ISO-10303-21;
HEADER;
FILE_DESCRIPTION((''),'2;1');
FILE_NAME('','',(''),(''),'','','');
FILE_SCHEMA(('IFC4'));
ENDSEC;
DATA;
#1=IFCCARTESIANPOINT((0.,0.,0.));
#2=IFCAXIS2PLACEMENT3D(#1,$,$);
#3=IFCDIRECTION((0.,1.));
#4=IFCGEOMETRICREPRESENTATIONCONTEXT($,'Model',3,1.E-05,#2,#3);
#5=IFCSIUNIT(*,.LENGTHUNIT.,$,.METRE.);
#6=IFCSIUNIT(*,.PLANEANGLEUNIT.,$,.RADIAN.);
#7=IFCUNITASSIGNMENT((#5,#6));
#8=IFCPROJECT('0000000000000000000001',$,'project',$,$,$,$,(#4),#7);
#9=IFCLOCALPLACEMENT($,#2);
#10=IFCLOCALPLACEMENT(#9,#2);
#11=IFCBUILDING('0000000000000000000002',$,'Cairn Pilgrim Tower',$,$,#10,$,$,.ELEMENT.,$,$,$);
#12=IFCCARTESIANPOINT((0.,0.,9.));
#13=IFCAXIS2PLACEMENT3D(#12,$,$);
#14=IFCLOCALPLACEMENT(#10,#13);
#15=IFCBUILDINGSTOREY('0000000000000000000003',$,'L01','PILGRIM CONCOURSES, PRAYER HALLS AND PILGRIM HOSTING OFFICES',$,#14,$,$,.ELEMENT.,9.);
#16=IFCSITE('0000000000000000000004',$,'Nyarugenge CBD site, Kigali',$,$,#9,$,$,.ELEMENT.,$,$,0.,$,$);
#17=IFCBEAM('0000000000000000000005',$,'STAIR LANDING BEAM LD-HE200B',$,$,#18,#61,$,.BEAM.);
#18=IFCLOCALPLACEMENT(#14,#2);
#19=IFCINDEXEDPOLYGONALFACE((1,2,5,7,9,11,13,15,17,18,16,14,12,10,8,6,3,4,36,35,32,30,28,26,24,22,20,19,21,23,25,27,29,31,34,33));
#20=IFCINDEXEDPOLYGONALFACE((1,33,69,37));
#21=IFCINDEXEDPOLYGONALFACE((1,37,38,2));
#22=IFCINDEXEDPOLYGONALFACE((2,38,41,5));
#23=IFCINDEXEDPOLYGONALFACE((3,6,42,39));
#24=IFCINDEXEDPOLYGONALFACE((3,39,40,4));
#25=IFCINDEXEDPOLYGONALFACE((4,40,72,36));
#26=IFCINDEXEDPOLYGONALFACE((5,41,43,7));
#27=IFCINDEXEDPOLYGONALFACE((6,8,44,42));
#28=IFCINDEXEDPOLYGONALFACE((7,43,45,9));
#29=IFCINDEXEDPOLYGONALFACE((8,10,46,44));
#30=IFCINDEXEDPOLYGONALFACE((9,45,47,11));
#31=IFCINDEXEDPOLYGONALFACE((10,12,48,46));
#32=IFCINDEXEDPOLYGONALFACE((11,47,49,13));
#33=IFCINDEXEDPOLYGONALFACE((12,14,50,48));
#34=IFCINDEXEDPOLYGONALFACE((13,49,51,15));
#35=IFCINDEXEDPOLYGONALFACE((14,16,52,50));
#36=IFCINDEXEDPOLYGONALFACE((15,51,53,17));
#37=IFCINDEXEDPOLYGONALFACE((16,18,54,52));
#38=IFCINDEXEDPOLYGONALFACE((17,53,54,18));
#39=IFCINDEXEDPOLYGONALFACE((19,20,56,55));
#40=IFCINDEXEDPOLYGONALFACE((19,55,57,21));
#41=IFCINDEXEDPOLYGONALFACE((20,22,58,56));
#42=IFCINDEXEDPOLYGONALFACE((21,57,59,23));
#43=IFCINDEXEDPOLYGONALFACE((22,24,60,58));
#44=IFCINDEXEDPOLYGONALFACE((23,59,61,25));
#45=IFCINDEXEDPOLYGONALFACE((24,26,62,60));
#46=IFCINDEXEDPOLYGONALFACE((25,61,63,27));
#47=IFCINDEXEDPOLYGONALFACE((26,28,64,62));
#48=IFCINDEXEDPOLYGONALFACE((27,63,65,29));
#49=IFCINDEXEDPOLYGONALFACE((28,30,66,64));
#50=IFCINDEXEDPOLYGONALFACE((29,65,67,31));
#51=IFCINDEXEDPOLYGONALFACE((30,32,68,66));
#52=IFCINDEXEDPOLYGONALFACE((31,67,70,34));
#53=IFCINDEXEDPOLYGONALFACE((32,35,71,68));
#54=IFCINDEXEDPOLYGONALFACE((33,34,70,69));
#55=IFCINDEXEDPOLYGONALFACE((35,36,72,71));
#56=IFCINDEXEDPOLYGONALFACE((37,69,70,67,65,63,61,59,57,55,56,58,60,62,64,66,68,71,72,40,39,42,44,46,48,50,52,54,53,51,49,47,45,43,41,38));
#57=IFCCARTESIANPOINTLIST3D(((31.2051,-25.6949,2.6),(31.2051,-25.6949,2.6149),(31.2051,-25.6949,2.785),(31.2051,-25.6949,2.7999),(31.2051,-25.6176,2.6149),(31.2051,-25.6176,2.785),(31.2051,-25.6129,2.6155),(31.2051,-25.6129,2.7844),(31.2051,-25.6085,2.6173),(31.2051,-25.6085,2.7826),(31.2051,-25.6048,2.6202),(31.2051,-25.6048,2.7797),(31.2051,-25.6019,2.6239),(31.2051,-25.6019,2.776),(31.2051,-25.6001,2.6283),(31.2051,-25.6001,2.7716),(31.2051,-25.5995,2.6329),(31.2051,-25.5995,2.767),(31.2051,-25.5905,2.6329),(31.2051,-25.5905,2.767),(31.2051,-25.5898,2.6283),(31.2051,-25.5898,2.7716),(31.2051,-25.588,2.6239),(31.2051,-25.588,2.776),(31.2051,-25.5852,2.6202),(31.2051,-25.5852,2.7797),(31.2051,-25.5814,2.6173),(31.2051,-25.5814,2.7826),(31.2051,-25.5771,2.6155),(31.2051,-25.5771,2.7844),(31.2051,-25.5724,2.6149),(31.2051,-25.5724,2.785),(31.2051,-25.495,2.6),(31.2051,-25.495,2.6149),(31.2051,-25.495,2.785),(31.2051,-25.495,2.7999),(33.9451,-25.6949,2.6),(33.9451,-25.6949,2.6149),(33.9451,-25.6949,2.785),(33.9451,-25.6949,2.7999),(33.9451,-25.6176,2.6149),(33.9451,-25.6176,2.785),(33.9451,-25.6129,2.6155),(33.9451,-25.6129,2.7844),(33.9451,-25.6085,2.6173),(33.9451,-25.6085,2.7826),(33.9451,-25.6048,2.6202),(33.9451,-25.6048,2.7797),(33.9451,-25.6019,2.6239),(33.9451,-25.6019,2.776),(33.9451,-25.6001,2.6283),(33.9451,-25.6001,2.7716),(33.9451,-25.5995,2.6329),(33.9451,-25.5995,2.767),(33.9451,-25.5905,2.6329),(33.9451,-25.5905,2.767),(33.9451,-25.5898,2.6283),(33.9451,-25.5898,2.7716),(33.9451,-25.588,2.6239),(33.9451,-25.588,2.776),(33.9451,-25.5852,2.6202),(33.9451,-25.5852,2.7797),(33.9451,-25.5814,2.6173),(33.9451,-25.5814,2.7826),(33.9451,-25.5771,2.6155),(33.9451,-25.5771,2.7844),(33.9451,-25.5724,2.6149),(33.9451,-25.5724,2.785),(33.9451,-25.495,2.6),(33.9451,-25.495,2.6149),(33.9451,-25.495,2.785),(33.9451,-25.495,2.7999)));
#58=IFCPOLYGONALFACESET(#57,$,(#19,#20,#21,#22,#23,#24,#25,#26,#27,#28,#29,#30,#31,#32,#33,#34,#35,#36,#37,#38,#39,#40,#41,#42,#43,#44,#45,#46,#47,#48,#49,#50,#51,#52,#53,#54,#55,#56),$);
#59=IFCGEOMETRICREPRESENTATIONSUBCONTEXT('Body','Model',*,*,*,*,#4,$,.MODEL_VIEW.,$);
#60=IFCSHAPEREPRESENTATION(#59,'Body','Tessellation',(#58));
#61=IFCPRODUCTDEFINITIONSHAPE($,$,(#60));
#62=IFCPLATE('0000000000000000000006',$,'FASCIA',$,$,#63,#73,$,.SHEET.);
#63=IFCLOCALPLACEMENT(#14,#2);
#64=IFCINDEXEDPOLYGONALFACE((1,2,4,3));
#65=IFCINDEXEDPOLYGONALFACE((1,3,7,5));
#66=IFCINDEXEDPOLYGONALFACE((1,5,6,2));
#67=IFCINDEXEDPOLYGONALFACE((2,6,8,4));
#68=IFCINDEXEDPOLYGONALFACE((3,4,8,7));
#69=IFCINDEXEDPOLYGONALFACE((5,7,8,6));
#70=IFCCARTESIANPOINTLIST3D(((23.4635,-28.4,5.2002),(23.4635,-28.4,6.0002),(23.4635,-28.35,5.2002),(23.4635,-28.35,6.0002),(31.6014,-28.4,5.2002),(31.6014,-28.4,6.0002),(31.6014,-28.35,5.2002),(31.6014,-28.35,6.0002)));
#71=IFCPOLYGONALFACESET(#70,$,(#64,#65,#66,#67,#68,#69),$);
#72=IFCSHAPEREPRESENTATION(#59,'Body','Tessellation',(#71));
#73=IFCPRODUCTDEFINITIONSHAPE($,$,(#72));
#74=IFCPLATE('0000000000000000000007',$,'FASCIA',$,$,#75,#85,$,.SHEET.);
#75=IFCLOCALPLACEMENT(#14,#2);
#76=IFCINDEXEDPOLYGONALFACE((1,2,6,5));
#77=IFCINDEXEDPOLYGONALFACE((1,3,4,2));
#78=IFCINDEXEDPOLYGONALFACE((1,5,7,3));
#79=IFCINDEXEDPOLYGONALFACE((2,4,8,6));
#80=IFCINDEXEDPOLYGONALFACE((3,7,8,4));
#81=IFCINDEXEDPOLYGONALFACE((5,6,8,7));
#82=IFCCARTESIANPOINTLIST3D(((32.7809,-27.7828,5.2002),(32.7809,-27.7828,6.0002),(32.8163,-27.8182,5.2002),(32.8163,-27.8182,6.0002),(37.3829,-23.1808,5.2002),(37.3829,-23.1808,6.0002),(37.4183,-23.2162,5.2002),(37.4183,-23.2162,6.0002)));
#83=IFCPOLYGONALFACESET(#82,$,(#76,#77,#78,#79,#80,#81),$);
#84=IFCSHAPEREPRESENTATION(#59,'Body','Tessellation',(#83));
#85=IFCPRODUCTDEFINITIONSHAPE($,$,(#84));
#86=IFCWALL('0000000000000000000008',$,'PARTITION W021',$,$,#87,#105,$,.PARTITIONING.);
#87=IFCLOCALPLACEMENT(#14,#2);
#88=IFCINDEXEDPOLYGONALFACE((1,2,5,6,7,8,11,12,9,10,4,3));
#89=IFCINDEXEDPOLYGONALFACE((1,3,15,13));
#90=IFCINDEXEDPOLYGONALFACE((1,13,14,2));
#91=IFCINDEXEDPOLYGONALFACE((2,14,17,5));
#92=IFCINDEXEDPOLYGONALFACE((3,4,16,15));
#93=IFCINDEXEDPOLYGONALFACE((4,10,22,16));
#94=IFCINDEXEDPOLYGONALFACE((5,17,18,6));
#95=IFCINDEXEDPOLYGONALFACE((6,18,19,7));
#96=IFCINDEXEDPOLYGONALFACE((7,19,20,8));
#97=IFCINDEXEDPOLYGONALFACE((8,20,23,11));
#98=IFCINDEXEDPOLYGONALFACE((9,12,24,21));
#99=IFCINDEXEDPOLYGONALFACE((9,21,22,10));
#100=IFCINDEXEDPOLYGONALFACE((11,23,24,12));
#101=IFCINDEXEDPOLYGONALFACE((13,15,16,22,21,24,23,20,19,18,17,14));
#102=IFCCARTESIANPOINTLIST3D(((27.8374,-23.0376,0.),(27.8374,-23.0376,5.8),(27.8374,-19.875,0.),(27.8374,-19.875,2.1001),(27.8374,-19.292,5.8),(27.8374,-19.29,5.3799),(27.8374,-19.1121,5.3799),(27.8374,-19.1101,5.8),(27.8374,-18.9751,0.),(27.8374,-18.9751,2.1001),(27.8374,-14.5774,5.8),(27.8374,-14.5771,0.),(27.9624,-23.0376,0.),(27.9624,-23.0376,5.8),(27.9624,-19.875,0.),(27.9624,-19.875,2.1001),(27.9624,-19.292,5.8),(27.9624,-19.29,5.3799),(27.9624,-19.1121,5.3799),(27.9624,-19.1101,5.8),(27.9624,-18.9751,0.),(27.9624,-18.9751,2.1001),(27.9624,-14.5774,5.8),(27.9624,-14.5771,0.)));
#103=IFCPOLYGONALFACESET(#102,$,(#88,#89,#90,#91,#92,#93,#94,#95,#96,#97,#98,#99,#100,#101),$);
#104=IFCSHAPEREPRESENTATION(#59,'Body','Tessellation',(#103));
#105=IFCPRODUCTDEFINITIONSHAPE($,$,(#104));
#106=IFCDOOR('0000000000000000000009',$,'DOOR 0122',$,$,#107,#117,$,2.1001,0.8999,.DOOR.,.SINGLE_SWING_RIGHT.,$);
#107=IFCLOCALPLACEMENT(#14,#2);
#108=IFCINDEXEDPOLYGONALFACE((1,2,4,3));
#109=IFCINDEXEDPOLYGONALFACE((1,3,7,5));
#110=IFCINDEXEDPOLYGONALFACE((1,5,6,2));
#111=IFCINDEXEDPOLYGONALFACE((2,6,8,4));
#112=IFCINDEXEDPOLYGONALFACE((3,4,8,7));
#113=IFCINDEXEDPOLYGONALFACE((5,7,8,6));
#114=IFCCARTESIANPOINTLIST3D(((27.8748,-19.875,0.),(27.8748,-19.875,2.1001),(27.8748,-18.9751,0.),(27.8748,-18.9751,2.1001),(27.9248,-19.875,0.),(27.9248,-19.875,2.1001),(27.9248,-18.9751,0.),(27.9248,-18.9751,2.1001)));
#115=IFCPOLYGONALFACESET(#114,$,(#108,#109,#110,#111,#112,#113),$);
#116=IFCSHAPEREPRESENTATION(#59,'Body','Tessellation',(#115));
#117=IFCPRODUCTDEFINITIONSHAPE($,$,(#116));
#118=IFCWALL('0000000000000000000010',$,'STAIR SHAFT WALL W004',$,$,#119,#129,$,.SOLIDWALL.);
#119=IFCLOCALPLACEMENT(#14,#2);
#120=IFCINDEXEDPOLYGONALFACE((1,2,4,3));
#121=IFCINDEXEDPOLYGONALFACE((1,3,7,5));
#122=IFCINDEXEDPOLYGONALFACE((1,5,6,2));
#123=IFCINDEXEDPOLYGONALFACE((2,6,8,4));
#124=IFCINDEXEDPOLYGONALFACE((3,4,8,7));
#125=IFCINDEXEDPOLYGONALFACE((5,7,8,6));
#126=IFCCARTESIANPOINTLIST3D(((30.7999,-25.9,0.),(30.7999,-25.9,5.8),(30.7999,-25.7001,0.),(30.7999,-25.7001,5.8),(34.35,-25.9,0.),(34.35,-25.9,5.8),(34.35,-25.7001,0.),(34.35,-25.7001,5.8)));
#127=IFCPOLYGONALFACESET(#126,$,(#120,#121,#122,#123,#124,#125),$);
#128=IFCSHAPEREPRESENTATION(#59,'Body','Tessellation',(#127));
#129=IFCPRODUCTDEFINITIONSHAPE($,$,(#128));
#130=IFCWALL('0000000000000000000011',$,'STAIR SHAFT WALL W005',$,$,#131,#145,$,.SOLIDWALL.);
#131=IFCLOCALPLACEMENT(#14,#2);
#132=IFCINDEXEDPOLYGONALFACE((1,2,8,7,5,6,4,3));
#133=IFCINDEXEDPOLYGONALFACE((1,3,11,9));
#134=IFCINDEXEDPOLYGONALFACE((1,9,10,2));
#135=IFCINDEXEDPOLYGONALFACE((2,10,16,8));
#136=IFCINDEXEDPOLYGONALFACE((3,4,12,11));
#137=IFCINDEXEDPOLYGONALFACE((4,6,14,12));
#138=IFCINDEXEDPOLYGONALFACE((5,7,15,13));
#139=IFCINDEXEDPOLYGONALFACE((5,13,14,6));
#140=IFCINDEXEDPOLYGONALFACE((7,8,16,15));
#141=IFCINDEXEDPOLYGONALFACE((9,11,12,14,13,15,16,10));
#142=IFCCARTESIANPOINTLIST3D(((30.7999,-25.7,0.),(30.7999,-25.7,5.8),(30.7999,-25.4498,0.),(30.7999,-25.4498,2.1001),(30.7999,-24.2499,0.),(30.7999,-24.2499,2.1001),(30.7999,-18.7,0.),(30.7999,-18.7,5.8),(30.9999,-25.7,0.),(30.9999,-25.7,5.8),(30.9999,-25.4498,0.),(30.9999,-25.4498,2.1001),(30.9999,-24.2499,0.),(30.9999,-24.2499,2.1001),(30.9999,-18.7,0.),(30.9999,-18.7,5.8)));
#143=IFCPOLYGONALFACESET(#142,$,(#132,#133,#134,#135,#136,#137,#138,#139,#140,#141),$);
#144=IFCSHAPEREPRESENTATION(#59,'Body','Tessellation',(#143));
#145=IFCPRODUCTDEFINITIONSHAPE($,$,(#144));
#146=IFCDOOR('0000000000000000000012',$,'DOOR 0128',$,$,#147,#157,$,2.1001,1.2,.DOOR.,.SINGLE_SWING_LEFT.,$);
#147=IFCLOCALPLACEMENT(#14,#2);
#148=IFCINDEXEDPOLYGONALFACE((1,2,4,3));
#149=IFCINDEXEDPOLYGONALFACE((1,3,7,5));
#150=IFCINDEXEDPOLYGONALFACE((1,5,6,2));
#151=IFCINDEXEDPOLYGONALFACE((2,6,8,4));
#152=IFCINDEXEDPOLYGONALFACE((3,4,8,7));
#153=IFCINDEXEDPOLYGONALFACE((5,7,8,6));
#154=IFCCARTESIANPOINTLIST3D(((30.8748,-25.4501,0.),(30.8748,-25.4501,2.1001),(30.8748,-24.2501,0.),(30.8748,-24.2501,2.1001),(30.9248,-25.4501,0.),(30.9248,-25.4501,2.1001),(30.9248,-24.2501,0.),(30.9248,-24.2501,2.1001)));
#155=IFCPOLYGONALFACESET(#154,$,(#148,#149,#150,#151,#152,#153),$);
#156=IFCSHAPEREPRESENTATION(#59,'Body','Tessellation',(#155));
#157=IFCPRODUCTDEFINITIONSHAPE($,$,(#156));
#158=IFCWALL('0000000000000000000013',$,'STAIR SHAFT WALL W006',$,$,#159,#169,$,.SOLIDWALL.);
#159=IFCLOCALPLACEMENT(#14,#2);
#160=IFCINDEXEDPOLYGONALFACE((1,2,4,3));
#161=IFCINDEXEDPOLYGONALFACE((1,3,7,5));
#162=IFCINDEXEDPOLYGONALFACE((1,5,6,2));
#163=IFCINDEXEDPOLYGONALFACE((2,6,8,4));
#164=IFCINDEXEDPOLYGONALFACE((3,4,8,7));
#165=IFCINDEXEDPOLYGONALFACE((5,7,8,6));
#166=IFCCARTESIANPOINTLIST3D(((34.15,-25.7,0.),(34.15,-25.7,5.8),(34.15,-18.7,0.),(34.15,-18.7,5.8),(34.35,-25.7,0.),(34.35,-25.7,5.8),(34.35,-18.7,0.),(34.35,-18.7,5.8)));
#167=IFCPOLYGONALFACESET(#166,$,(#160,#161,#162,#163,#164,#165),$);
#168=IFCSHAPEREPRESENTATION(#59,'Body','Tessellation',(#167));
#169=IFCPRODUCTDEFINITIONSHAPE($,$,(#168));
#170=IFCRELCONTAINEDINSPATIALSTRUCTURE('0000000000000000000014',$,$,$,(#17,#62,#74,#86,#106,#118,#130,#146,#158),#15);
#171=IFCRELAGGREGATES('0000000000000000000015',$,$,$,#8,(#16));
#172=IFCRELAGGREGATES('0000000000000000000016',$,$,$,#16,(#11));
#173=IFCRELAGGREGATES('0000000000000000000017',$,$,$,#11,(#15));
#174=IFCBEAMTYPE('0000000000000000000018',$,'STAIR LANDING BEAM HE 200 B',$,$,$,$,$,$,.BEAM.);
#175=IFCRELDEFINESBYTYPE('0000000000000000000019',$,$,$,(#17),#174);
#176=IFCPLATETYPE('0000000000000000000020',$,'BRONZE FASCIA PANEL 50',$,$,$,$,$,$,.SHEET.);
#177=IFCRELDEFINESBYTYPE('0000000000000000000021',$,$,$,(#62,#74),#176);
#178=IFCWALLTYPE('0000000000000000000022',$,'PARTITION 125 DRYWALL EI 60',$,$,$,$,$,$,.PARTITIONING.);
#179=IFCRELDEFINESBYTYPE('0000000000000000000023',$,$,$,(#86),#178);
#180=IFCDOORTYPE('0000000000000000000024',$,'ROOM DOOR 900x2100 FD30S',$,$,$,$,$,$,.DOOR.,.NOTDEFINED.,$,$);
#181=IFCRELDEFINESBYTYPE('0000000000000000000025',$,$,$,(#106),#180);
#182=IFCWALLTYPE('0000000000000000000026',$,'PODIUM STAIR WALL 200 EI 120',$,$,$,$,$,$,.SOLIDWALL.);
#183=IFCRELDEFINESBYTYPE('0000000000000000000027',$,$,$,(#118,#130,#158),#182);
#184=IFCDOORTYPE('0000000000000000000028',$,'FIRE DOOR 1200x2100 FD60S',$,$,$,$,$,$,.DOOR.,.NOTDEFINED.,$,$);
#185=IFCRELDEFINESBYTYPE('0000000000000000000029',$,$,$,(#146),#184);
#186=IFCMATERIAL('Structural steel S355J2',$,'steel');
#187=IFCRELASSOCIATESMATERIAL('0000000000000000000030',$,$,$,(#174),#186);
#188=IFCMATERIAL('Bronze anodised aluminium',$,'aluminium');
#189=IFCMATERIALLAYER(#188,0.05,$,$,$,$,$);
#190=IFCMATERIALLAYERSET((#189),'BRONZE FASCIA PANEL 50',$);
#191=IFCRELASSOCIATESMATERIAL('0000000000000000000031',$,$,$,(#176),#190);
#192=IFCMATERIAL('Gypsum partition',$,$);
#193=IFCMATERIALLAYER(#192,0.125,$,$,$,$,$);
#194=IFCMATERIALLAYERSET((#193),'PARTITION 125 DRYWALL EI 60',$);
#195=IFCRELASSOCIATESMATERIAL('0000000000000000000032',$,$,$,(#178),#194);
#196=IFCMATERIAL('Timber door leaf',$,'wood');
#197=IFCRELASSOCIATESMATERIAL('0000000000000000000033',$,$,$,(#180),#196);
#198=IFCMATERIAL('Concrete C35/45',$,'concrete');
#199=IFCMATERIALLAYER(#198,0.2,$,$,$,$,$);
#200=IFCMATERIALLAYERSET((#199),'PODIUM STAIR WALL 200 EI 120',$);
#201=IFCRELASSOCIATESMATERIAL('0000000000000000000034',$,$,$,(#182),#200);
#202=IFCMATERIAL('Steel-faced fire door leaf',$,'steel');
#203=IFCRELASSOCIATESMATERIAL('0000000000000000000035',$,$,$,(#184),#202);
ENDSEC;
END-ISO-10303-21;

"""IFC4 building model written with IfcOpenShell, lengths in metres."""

from ifc_helpers import new_model, si_unit, direction, frame, frame_2d, origin, origin_2d, place, context, subcontext, project, spatial, polyline, rectangle, i_section, outline, extrude, material, layer, layer_set, material_profile, profile_set, type_object, element, fill, save


model = new_model("IFC4")

# Units and contexts
model_context = context("Model", 3, precision=1e-05, world=origin(), true_north=direction((0.0, 1.0)))
body_context = subcontext(model_context, "Body", "Model", "MODEL_VIEW")
ifc_project = project(units=[si_unit("LENGTHUNIT", "METRE"), si_unit("PLANEANGLEUNIT", "RADIAN")], contexts=[model_context])

# Site, building, storey
site_placement = place(None, origin())
site = spatial("IfcSite", under=ifc_project, at=site_placement, Name="Nyarugenge CBD site, Kigali", CompositionType="ELEMENT", RefElevation=0.0)
building_placement = place(site_placement, origin())
building = spatial("IfcBuilding", under=site, at=building_placement, Name="Cairn Pilgrim Tower", CompositionType="ELEMENT")
storey_placement = place(building_placement, frame((0.0, 0.0, 9.0)))
storey = spatial("IfcBuildingStorey", under=building, at=storey_placement, Name="L01", Description="PILGRIM CONCOURSES, PRAYER HALLS AND PILGRIM HOSTING OFFICES", CompositionType="ELEMENT", Elevation=9.0)

# Shared definitions
ifc_material_1 = material(Name="Structural steel S355J2", Category="steel")

# Beam
ifc_material_profile_1 = material_profile(ifc_material_1, i_section(OverallWidth=0.2, OverallDepth=0.2, WebThickness=0.009, FlangeThickness=0.0149, FilletRadius=0.0181, at=origin_2d()), Name="HE 200 B")
ifc_profile_set_1 = profile_set([ifc_material_profile_1], Name="Structural steel S355J2")
beam_type_1 = type_object("IfcBeamType", Name="STAIR LANDING BEAM HE 200 B", PredefinedType="BEAM", material=ifc_profile_set_1)
beam_1_placement = place(storey_placement, frame((31.2051, -25.595, 2.7), z_axis=(1.0, 0.0, 0.0), x_axis=(0.0, 1.0, 0.0)))
element("IfcBeam", 1, at=beam_1_placement, inside=storey, type_object=beam_type_1, Name="STAIR LANDING BEAM LD-HE200B", PredefinedType="BEAM", context=body_context, shape_type="SweptSolid", body=[
    extrude(i_section(OverallWidth=0.2, OverallDepth=0.2, WebThickness=0.009, FlangeThickness=0.0149, FilletRadius=0.0181, at=origin_2d()), origin(), (0.0, 0.0, 1.0), 2.74),
])

# Plates
ifc_material_2 = material(Name="Bronze anodised aluminium", Category="aluminium")
ifc_layer_1 = layer(ifc_material_2, 0.05)
ifc_layer_set_1 = layer_set([ifc_layer_1], Name="BRONZE FASCIA PANEL 50")
plate_type = type_object("IfcPlateType", Name="BRONZE FASCIA PANEL 50", PredefinedType="SHEET", material=ifc_layer_set_1)
plate_1_placement = place(storey_placement, frame((27.5325, -28.375, 5.2002), z_axis=(0.0, 0.0, 1.0), x_axis=(1.0, 0.0, 0.0)))
element("IfcPlate", 2, at=plate_1_placement, inside=storey, type_object=plate_type, Name="FASCIA", PredefinedType="SHEET", context=body_context, shape_type="SweptSolid", body=[
    extrude(rectangle(XDim=8.1379, YDim=0.05, at=origin_2d()), origin(), (0.0, 0.0, 1.0), 0.8),
])
plate_2_placement = place(storey_placement, frame((35.0996, -25.4995, 5.2002), z_axis=(0.0, 0.0, 1.0), x_axis=(0.707107, 0.707107, 0.0)))
element("IfcPlate", 3, at=plate_2_placement, inside=storey, type_object=plate_type, Name="FASCIA", PredefinedType="SHEET", context=body_context, shape_type="SweptSolid", body=[
    extrude(rectangle(XDim=6.5083, YDim=0.05, at=origin_2d()), origin(), (0.0, 0.0, 1.0), 0.8),
])

# Wall, opening, door
ifc_material_3 = material(Name="Gypsum partition")
ifc_layer_2 = layer(ifc_material_3, 0.125)
ifc_layer_set_2 = layer_set([ifc_layer_2], Name="PARTITION 125 DRYWALL EI 60")
wall_type_1 = type_object("IfcWallType", Name="PARTITION 125 DRYWALL EI 60", PredefinedType="PARTITIONING", material=ifc_layer_set_2)
wall_1_placement = place(storey_placement, frame((27.8999, -23.0376, 0.0), z_axis=(0.0, 0.0, 1.0), x_axis=(0.0, 1.0, 0.0)))
wall_1 = element("IfcWall", 4, at=wall_1_placement, inside=storey, type_object=wall_type_1, Name="PARTITION W021", PredefinedType="PARTITIONING", context=body_context, shape_type="SweptSolid", body=[
    extrude(outline(polyline([(0.0, 0.0), (8.4604, 0.0), (8.4602, 5.8), (3.9275, 5.8), (3.9255, 5.3799), (3.7476, 5.3799), (3.7456, 5.8), (0.0, 5.8), (0.0, 0.0)])), frame((0.0, 0.0625, 0.0), z_axis=(0.0, -1.0, 0.0), x_axis=(1.0, 0.0, 0.0)), (0.0, 0.0, 1.0), 0.125),
])
opening_1_placement = place(wall_1_placement, frame((3.1626, 0.0, 0.0)))
opening_1 = element("IfcOpeningElement", 5, at=opening_1_placement, cuts=wall_1, PredefinedType="OPENING", context=body_context, shape_type="SweptSolid", body=[
    extrude(rectangle(XDim=0.8999, YDim=2.1001, at=frame_2d((0.45, 1.05))), frame((0.0, 0.0725, 0.0), z_axis=(0.0, -1.0, 0.0), x_axis=(1.0, 0.0, 0.0)), (0.0, 0.0, 1.0), 0.145),
])
ifc_material_4 = material(Name="Timber door leaf", Category="wood")
door_type_1 = type_object("IfcDoorType", Name="ROOM DOOR 900x2100 FD30S", OperationType="NOTDEFINED", PredefinedType="DOOR", material=ifc_material_4)
door_1_placement = place(opening_1_placement, frame((0.8999, 0.0, 0.0), z_axis=(0.0, 0.0, 1.0), x_axis=(-1.0, 0.0, 0.0)))
door_1 = element("IfcDoor", 6, at=door_1_placement, inside=storey, type_object=door_type_1, Name="DOOR 0122", OperationType="SINGLE_SWING_RIGHT", OverallHeight=2.1001, OverallWidth=0.8999, PredefinedType="DOOR", context=body_context, shape_type="SweptSolid", body=[
    extrude(rectangle(XDim=0.8999, YDim=2.1001, at=frame_2d((0.45, 1.05))), frame((0.0, 0.0249, 0.0), z_axis=(0.0, -1.0, 0.0), x_axis=(1.0, 0.0, 0.0)), (0.0, 0.0, 1.0), 0.05),
])
fill(opening_1, door_1)

# Wall
ifc_material_5 = material(Name="Concrete C35/45", Category="concrete")
ifc_layer_3 = layer(ifc_material_5, 0.2)
ifc_layer_set_3 = layer_set([ifc_layer_3], Name="PODIUM STAIR WALL 200 EI 120")
wall_type_2 = type_object("IfcWallType", Name="PODIUM STAIR WALL 200 EI 120", PredefinedType="SOLIDWALL", material=ifc_layer_set_3)
wall_2_placement = place(storey_placement, frame((30.8, -25.8, 0.0), z_axis=(0.0, 0.0, 1.0), x_axis=(1.0, 0.0, 0.0)))
element("IfcWall", 7, at=wall_2_placement, inside=storey, type_object=wall_type_2, Name="STAIR SHAFT WALL W004", PredefinedType="SOLIDWALL", context=body_context, shape_type="SweptSolid", body=[
    extrude(rectangle(XDim=3.55, YDim=0.2, at=frame_2d((1.7749, 0.0))), origin(), (0.0, 0.0, 1.0), 5.8),
])

# Wall, opening, door
wall_3_placement = place(storey_placement, frame((30.8999, -25.7, 0.0), z_axis=(0.0, 0.0, 1.0), x_axis=(0.0, 1.0, 0.0)))
wall_3 = element("IfcWall", 8, at=wall_3_placement, inside=storey, type_object=wall_type_2, Name="STAIR SHAFT WALL W005", PredefinedType="SOLIDWALL", context=body_context, shape_type="SweptSolid", body=[
    extrude(rectangle(XDim=7.0, YDim=0.2, at=frame_2d((3.5, 0.0))), origin(), (0.0, 0.0, 1.0), 5.8),
])
opening_2_placement = place(wall_3_placement, frame((0.25, 0.0, 0.0)))
opening_2 = element("IfcOpeningElement", 9, at=opening_2_placement, cuts=wall_3, PredefinedType="OPENING", context=body_context, shape_type="SweptSolid", body=[
    extrude(rectangle(XDim=1.2, YDim=2.1001, at=frame_2d((0.6001, 1.05))), frame((0.0, 0.1099, 0.0), z_axis=(0.0, -1.0, 0.0), x_axis=(1.0, 0.0, 0.0)), (0.0, 0.0, 1.0), 0.22),
])
ifc_material_6 = material(Name="Steel-faced fire door leaf", Category="steel")
door_type_2 = type_object("IfcDoorType", Name="FIRE DOOR 1200x2100 FD60S", OperationType="NOTDEFINED", PredefinedType="DOOR", material=ifc_material_6)
door_2_placement = place(opening_2_placement, frame((1.2, 0.0, 0.0), z_axis=(0.0, 0.0, 1.0), x_axis=(-1.0, 0.0, 0.0)))
door_2 = element("IfcDoor", 10, at=door_2_placement, inside=storey, type_object=door_type_2, Name="DOOR 0128", OperationType="SINGLE_SWING_LEFT", OverallHeight=2.1001, OverallWidth=1.2, PredefinedType="DOOR", context=body_context, shape_type="SweptSolid", body=[
    extrude(rectangle(XDim=1.2, YDim=2.1001, at=frame_2d((0.6001, 1.05))), frame((0.0, 0.0249, 0.0), z_axis=(0.0, -1.0, 0.0), x_axis=(1.0, 0.0, 0.0)), (0.0, 0.0, 1.0), 0.05),
])
fill(opening_2, door_2)

# Wall
wall_4_placement = place(storey_placement, frame((34.25, -25.7, 0.0), z_axis=(0.0, 0.0, 1.0), x_axis=(0.0, 1.0, 0.0)))
element("IfcWall", 11, at=wall_4_placement, inside=storey, type_object=wall_type_2, Name="STAIR SHAFT WALL W006", PredefinedType="SOLIDWALL", context=body_context, shape_type="SweptSolid", body=[
    extrude(rectangle(XDim=7.0, YDim=0.2, at=frame_2d((3.5, 0.0))), origin(), (0.0, 0.0, 1.0), 5.8),
])

save(model, "model.ifc")
